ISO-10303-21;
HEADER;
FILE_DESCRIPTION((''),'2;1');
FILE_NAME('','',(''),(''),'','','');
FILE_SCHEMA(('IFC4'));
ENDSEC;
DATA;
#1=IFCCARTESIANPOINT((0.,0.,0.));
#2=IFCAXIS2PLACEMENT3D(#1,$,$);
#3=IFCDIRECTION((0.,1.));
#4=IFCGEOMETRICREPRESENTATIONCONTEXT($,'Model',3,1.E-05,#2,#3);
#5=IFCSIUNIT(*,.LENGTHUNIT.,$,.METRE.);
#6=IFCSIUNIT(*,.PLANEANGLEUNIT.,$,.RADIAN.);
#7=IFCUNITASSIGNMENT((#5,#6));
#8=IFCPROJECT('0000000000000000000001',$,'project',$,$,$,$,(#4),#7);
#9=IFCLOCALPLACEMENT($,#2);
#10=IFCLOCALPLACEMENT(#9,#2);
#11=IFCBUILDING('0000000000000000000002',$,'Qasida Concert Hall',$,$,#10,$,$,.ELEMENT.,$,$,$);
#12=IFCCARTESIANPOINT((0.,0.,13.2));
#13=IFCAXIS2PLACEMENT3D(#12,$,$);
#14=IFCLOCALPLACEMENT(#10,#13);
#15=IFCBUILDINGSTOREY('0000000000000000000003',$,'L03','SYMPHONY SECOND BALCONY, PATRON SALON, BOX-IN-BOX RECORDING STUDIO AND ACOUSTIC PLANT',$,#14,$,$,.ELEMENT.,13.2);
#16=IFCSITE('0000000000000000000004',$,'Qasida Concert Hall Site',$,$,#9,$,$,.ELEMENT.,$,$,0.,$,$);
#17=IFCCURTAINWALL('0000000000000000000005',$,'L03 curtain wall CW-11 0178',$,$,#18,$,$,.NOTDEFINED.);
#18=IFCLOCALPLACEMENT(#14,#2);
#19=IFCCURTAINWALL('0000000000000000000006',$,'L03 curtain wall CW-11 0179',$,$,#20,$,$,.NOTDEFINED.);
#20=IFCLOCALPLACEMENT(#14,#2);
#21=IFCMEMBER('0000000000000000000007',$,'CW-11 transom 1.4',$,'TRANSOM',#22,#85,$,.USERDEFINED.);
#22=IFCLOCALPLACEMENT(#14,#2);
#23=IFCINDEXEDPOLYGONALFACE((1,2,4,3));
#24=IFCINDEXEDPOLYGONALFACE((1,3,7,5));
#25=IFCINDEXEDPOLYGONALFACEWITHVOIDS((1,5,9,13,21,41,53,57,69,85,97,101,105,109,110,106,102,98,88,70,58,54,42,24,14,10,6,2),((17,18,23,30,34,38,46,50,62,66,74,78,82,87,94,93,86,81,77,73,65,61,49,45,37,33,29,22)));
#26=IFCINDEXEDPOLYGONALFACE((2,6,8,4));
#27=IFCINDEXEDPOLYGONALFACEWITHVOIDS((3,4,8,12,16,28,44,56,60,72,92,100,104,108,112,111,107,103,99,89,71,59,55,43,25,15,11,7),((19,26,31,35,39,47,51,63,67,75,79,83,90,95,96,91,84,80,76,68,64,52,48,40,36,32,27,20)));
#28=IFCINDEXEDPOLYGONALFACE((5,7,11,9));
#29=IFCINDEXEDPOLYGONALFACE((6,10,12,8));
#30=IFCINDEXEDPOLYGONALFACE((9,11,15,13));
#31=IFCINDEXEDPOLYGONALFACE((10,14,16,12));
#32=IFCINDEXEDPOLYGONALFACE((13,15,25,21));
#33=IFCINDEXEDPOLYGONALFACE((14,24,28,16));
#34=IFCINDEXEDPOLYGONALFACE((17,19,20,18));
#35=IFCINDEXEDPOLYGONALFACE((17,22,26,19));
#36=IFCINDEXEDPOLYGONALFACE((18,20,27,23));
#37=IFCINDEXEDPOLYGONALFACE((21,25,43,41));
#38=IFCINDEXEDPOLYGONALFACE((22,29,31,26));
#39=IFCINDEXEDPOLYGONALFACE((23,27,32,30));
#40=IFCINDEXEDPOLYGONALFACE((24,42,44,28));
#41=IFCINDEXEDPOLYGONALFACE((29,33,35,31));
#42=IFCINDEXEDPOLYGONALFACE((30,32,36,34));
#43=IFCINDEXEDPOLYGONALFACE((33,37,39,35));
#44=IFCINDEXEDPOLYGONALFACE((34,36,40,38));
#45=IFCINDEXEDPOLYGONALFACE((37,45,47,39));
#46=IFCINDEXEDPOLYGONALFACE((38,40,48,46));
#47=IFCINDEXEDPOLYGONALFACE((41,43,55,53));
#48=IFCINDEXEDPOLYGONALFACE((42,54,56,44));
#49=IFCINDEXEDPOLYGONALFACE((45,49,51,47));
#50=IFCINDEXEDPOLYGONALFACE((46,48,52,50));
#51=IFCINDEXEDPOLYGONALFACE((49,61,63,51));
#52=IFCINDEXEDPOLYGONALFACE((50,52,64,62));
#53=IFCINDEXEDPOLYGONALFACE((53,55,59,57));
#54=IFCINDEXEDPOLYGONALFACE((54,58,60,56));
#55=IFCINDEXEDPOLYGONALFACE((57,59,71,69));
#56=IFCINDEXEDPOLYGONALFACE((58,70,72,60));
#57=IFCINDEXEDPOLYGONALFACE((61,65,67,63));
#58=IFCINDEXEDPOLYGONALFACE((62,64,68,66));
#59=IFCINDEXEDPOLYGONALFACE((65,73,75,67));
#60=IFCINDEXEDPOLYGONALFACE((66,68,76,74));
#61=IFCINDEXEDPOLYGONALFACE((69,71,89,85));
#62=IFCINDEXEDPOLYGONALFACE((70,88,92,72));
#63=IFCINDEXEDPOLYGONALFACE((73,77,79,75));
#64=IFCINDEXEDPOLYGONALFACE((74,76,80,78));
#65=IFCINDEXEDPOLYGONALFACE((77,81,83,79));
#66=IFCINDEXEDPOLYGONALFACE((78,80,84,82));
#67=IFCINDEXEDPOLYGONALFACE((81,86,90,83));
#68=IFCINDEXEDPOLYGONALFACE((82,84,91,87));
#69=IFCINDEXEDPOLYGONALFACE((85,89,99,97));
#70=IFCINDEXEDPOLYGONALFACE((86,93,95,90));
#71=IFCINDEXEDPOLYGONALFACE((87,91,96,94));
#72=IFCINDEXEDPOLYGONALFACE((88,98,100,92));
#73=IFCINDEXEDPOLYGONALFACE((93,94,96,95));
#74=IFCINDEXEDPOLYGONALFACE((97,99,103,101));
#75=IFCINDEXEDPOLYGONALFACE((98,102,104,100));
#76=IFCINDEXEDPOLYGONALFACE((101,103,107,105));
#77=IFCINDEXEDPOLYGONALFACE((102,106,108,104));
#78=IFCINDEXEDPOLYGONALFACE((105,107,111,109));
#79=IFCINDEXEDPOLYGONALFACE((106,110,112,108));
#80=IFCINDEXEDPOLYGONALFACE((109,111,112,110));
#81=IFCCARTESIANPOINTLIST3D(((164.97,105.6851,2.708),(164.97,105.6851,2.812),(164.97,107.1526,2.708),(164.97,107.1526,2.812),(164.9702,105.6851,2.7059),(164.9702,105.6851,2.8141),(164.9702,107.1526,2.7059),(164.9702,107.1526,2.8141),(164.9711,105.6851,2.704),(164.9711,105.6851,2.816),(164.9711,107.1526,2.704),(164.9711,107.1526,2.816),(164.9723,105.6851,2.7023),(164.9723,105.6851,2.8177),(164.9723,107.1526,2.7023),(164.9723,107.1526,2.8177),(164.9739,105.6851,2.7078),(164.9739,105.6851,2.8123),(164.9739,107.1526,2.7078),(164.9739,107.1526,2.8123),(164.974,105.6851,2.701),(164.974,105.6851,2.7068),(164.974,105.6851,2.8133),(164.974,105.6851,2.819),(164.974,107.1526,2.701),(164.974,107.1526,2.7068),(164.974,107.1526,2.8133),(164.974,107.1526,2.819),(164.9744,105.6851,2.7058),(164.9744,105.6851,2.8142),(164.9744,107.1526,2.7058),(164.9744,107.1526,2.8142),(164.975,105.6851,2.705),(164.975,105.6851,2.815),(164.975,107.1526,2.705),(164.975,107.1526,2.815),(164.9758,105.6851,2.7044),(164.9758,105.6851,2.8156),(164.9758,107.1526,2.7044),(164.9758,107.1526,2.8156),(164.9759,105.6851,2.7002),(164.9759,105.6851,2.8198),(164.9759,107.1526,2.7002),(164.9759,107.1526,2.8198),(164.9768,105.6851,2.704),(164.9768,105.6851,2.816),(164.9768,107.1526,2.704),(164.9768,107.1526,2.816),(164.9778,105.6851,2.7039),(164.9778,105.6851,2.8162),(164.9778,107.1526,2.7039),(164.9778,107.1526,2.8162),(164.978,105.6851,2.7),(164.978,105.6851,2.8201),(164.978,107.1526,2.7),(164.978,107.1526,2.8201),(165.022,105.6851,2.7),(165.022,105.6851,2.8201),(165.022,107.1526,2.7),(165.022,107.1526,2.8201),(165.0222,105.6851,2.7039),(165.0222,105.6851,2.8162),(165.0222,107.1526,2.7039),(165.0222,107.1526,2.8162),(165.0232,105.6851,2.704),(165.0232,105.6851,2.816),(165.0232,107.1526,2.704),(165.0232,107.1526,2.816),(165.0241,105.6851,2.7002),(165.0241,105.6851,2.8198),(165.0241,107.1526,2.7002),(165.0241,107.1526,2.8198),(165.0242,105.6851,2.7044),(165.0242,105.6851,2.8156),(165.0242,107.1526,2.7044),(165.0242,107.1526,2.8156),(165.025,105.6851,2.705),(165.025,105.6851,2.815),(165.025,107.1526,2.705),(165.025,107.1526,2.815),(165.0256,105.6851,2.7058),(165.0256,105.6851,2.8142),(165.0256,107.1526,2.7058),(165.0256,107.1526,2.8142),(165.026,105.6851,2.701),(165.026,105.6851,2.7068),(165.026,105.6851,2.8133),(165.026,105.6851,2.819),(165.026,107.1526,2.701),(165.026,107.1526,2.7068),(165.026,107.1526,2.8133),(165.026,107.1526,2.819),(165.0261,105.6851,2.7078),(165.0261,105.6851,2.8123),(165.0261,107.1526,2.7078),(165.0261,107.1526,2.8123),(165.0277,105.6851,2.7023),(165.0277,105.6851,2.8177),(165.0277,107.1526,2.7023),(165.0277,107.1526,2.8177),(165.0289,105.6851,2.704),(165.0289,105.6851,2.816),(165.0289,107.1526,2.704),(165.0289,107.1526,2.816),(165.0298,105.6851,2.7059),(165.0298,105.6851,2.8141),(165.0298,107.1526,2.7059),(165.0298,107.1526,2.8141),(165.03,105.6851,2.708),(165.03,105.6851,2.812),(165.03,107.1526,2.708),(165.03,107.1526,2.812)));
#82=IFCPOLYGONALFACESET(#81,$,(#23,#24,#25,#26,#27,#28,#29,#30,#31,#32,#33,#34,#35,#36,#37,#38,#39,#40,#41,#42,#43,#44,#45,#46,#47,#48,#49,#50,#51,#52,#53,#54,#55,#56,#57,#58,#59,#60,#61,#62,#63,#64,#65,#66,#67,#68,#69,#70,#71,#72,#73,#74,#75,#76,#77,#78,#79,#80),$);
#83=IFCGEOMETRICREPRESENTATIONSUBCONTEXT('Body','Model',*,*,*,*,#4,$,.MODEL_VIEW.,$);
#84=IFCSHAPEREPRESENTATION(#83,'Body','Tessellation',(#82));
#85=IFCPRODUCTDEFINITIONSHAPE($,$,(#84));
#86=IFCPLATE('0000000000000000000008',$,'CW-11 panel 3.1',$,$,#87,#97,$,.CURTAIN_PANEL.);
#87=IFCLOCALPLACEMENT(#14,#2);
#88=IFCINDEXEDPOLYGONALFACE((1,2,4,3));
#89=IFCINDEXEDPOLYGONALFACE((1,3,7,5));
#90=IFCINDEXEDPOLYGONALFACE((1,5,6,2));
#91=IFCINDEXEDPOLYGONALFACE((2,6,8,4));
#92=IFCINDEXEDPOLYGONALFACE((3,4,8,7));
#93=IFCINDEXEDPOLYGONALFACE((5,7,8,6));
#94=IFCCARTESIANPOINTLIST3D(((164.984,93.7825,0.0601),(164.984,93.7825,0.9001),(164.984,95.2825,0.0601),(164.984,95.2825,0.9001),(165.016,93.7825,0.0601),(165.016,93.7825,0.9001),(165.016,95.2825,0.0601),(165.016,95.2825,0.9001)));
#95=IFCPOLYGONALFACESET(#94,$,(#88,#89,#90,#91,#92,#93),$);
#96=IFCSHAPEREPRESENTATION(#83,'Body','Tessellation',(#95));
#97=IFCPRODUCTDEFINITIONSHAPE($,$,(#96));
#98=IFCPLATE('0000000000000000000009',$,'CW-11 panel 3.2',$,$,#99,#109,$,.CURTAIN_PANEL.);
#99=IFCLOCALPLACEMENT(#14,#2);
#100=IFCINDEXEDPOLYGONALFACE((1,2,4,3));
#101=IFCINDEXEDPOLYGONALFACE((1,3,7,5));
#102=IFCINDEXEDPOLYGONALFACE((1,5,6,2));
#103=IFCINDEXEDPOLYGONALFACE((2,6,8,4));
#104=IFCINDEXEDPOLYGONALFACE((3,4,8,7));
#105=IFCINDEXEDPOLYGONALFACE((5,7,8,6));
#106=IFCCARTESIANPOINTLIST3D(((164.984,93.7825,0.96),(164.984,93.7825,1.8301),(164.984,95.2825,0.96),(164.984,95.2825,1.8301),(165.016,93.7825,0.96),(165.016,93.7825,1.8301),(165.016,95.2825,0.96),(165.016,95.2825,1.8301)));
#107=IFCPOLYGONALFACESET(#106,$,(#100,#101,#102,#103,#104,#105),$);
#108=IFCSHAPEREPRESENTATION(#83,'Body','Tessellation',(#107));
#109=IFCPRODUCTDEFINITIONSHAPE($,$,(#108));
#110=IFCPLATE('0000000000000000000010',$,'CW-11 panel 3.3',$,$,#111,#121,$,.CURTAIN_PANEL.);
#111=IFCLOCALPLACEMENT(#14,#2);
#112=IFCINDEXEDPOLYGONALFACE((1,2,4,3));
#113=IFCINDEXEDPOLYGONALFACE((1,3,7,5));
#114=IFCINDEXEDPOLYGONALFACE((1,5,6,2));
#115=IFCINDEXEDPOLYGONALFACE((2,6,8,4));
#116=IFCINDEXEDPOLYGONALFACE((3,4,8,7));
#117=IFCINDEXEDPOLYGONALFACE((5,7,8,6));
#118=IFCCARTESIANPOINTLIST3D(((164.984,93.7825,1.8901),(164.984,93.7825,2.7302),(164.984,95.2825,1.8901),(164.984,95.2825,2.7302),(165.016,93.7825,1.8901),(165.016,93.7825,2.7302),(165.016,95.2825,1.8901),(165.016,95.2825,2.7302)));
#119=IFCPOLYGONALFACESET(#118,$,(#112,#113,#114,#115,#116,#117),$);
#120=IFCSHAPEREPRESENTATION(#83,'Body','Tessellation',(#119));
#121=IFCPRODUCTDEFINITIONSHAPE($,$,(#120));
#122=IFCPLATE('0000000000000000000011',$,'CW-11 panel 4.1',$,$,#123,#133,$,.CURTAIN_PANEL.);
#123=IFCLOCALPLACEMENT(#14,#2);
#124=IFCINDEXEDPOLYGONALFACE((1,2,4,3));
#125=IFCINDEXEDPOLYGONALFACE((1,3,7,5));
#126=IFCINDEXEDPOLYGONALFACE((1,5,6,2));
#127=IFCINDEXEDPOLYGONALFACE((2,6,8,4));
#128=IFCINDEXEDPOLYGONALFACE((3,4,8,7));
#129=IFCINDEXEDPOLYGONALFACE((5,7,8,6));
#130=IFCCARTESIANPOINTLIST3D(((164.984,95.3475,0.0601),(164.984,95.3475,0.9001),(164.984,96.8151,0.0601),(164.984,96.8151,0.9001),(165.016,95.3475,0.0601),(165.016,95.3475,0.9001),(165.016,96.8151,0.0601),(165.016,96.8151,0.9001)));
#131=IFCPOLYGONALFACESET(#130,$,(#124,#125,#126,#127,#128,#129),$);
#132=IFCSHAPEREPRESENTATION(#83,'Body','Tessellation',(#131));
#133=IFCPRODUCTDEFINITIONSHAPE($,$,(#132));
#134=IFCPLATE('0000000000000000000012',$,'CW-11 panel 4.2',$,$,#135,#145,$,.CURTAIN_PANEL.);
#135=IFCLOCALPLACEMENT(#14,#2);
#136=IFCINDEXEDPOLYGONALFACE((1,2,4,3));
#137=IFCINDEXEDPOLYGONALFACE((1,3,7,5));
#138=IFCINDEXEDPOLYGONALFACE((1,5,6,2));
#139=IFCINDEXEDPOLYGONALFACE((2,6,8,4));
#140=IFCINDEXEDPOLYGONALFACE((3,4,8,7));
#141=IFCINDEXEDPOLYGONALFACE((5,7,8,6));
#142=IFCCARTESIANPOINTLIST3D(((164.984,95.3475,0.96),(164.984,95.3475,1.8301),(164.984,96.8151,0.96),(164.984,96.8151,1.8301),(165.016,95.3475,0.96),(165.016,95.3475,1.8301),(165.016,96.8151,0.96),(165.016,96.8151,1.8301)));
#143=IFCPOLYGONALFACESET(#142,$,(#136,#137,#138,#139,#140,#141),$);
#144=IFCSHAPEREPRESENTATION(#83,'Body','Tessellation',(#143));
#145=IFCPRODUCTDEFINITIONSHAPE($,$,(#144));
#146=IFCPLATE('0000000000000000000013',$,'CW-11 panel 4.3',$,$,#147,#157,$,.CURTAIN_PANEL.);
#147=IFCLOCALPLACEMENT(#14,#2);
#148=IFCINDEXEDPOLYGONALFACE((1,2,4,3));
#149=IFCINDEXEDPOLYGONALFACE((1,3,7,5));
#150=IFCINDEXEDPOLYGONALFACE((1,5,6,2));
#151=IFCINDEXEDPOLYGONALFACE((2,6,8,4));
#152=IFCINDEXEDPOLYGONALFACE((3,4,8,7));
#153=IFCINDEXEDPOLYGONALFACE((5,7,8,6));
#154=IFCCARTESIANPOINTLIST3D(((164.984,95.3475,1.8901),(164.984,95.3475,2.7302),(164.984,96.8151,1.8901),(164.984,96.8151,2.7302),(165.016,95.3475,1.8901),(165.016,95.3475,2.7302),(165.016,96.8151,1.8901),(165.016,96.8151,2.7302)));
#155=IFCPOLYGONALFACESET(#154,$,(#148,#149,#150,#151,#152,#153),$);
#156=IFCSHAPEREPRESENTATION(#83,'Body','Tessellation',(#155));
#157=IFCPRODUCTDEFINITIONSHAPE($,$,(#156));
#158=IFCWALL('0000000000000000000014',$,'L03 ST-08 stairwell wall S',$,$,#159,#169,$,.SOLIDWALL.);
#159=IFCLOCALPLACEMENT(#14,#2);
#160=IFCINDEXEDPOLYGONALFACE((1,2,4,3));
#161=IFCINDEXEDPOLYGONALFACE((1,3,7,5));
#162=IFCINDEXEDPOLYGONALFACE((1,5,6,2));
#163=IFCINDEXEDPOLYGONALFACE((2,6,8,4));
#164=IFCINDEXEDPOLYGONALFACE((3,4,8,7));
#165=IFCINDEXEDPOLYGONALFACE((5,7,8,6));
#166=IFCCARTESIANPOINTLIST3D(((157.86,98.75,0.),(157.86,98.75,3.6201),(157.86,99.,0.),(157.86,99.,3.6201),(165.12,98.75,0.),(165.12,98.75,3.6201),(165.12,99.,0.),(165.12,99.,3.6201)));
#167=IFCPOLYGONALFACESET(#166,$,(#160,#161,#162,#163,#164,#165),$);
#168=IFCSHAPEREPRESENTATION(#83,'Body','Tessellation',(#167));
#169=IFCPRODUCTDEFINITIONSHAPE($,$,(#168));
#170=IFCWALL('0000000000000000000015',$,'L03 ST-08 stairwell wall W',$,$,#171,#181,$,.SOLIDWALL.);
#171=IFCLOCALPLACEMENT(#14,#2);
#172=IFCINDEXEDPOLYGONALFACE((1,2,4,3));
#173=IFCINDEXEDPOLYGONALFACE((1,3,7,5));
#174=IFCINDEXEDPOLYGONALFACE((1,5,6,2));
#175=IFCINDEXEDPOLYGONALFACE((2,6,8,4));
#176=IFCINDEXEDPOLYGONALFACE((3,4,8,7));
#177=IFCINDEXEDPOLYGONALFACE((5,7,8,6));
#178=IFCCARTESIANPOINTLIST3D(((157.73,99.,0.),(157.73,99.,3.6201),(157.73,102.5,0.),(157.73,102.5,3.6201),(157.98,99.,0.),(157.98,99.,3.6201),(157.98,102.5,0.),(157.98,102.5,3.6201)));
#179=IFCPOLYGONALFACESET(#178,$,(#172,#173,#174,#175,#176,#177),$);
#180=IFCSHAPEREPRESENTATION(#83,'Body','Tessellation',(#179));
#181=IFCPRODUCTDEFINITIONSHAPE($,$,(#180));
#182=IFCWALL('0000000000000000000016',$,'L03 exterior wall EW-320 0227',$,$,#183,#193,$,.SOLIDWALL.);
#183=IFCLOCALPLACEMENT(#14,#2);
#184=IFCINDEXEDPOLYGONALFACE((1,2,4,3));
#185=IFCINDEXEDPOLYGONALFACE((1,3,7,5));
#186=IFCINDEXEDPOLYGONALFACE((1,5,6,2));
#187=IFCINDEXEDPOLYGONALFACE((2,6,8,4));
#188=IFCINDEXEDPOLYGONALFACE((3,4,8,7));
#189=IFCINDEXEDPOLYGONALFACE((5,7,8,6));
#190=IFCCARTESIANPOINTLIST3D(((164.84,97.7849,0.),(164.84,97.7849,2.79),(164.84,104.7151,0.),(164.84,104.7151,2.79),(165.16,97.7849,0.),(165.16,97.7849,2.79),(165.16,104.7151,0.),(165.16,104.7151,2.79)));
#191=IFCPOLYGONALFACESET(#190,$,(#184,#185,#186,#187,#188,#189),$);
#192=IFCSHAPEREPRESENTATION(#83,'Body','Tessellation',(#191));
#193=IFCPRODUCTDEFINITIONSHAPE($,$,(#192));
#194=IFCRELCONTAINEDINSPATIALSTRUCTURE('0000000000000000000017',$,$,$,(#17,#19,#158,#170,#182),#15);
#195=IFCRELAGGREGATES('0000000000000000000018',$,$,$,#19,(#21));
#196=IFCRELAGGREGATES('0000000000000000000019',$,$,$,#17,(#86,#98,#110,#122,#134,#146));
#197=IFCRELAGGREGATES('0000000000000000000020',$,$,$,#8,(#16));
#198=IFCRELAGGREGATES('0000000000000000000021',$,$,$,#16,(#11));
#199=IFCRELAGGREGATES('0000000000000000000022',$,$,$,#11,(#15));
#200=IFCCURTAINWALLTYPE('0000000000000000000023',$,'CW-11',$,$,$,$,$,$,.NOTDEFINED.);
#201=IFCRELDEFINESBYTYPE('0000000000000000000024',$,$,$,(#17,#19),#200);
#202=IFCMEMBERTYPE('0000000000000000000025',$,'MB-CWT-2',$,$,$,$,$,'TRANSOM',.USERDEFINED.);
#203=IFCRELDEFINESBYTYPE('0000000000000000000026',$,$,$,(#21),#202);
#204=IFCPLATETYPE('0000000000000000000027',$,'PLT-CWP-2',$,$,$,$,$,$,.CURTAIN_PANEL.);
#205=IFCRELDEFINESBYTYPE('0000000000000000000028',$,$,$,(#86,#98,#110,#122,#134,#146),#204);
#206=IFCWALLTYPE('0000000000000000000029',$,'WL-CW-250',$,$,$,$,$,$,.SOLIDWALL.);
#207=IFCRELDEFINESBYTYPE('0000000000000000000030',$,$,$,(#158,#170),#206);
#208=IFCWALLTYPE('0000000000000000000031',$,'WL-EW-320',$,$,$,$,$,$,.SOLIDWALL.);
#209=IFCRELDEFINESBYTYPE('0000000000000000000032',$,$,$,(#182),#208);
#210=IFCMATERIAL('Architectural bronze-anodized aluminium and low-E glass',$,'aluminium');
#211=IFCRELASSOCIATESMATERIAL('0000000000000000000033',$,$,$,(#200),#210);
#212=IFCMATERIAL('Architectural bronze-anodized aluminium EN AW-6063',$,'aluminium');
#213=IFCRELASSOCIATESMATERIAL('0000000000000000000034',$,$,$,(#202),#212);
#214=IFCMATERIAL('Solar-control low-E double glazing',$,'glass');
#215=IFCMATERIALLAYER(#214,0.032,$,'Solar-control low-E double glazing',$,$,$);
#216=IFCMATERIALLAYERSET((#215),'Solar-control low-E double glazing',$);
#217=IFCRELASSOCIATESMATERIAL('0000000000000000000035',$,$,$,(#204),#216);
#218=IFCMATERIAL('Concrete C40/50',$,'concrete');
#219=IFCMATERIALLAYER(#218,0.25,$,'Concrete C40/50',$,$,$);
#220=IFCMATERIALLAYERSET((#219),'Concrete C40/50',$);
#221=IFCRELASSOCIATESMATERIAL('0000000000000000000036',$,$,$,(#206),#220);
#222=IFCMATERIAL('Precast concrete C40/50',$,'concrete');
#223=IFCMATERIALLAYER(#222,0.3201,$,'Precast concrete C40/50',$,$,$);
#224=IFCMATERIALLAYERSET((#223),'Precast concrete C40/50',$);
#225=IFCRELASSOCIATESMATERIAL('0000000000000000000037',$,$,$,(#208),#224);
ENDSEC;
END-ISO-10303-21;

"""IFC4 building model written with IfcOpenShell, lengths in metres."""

from ifc_helpers import new_model, si_unit, direction, frame, frame_2d, origin, origin_2d, place, context, subcontext, project, spatial, rectangle, hollow_rectangle, extrude, material, layer, layer_set, material_profile, profile_set, type_object, element, aggregate, save


model = new_model("IFC4")

# Units and contexts
model_context = context("Model", 3, precision=1e-05, world=origin(), true_north=direction((0.0, 1.0)))
body_context = subcontext(model_context, "Body", "Model", "MODEL_VIEW")
ifc_project = project(units=[si_unit("LENGTHUNIT", "METRE"), si_unit("PLANEANGLEUNIT", "RADIAN")], contexts=[model_context])

# Site, building, storey
site_placement = place(None, origin())
site = spatial("IfcSite", under=ifc_project, at=site_placement, Name="Qasida Concert Hall Site", CompositionType="ELEMENT", RefElevation=0.0)
building_placement = place(site_placement, origin())
building = spatial("IfcBuilding", under=site, at=building_placement, Name="Qasida Concert Hall", CompositionType="ELEMENT")
storey_placement = place(building_placement, frame((0.0, 0.0, 13.2)))
storey = spatial("IfcBuildingStorey", under=building, at=storey_placement, Name="L03", Description="SYMPHONY SECOND BALCONY, PATRON SALON, BOX-IN-BOX RECORDING STUDIO AND ACOUSTIC PLANT", CompositionType="ELEMENT", Elevation=13.2)

# Shared definitions
ifc_material_1 = material(Name="Concrete C40/50", Category="concrete")

# Curtain wall
ifc_material_2 = material(Name="Architectural bronze-anodized aluminium and low-E glass", Category="aluminium")
curtain_wall_type = type_object("IfcCurtainWallType", Name="CW-11", PredefinedType="NOTDEFINED", material=ifc_material_2)
curtain_wall_1_placement = place(storey_placement, origin())
curtain_wall_1 = element("IfcCurtainWall", 1, at=curtain_wall_1_placement, inside=storey, type_object=curtain_wall_type, Name="L03 curtain wall CW-11 0178", PredefinedType="NOTDEFINED")
ifc_material_3 = material(Name="Architectural bronze-anodized aluminium EN AW-6063", Category="aluminium")

# Curtain wall
curtain_wall_2_placement = place(storey_placement, origin())
curtain_wall_2 = element("IfcCurtainWall", 2, at=curtain_wall_2_placement, inside=storey, type_object=curtain_wall_type, Name="L03 curtain wall CW-11 0179", PredefinedType="NOTDEFINED")

# Member
ifc_material_profile_1 = material_profile(ifc_material_3, hollow_rectangle(XDim=0.0601, YDim=0.1201, WallThickness=0.0039, InnerFilletRadius=0.0039, OuterFilletRadius=0.0081, at=origin_2d()), Name="CWT 120x60x4")
ifc_profile_set_1 = profile_set([ifc_material_profile_1], Name="Architectural bronze-anodized aluminium EN AW-6063")
member_type_1 = type_object("IfcMemberType", Name="MB-CWT-2", ElementType="TRANSOM", PredefinedType="USERDEFINED", material=ifc_profile_set_1)
member_1_placement = place(storey_placement, frame((165.0, 105.6851, 2.76), z_axis=(0.0, 1.0, 0.0), x_axis=(-1.0, 0.0, 0.0)))
member_1 = element("IfcMember", 3, at=member_1_placement, type_object=member_type_1, Name="CW-11 transom 1.4", ObjectType="TRANSOM", PredefinedType="USERDEFINED", context=body_context, shape_type="SweptSolid", body=[
    extrude(hollow_rectangle(XDim=0.0601, YDim=0.1201, WallThickness=0.0039, InnerFilletRadius=0.0039, OuterFilletRadius=0.0081, at=origin_2d()), origin(), (0.0, 0.0, 1.0), 1.4675),
])
aggregate(curtain_wall_2, [member_1])

# Plates
ifc_material_4 = material(Name="Solar-control low-E double glazing", Category="glass")
ifc_layer_1 = layer(ifc_material_4, 0.032, Name="Solar-control low-E double glazing")
ifc_layer_set_1 = layer_set([ifc_layer_1], Name="Solar-control low-E double glazing")
plate_type = type_object("IfcPlateType", Name="PLT-CWP-2", PredefinedType="CURTAIN_PANEL", material=ifc_layer_set_1)
plate_1_placement = place(storey_placement, frame((165.0, 94.5325, 0.0601), z_axis=(0.0, 0.0, 1.0), x_axis=(0.0, 1.0, 0.0)))
plate_1 = element("IfcPlate", 4, at=plate_1_placement, type_object=plate_type, Name="CW-11 panel 3.1", PredefinedType="CURTAIN_PANEL", context=body_context, shape_type="SweptSolid", body=[
    extrude(rectangle(XDim=1.5, YDim=0.032, at=origin_2d()), origin(), (0.0, 0.0, 1.0), 0.8401),
])
plate_2_placement = place(storey_placement, frame((165.0, 94.5325, 0.96), z_axis=(0.0, 0.0, 1.0), x_axis=(0.0, 1.0, 0.0)))
plate_2 = element("IfcPlate", 5, at=plate_2_placement, type_object=plate_type, Name="CW-11 panel 3.2", PredefinedType="CURTAIN_PANEL", context=body_context, shape_type="SweptSolid", body=[
    extrude(rectangle(XDim=1.5, YDim=0.032, at=origin_2d()), origin(), (0.0, 0.0, 1.0), 0.8701),
])
plate_3_placement = place(storey_placement, frame((165.0, 94.5325, 1.8901), z_axis=(0.0, 0.0, 1.0), x_axis=(0.0, 1.0, 0.0)))
plate_3 = element("IfcPlate", 6, at=plate_3_placement, type_object=plate_type, Name="CW-11 panel 3.3", PredefinedType="CURTAIN_PANEL", context=body_context, shape_type="SweptSolid", body=[
    extrude(rectangle(XDim=1.5, YDim=0.032, at=origin_2d()), origin(), (0.0, 0.0, 1.0), 0.8401),
])
plate_4_placement = place(storey_placement, frame((165.0, 96.0813, 0.0601), z_axis=(0.0, 0.0, 1.0), x_axis=(0.0, 1.0, 0.0)))
plate_4 = element("IfcPlate", 7, at=plate_4_placement, type_object=plate_type, Name="CW-11 panel 4.1", PredefinedType="CURTAIN_PANEL", context=body_context, shape_type="SweptSolid", body=[
    extrude(rectangle(XDim=1.4675, YDim=0.032, at=origin_2d()), origin(), (0.0, 0.0, 1.0), 0.8401),
])
plate_5_placement = place(storey_placement, frame((165.0, 96.0813, 0.96), z_axis=(0.0, 0.0, 1.0), x_axis=(0.0, 1.0, 0.0)))
plate_5 = element("IfcPlate", 8, at=plate_5_placement, type_object=plate_type, Name="CW-11 panel 4.2", PredefinedType="CURTAIN_PANEL", context=body_context, shape_type="SweptSolid", body=[
    extrude(rectangle(XDim=1.4675, YDim=0.032, at=origin_2d()), origin(), (0.0, 0.0, 1.0), 0.8701),
])
plate_6_placement = place(storey_placement, frame((165.0, 96.0813, 1.8901), z_axis=(0.0, 0.0, 1.0), x_axis=(0.0, 1.0, 0.0)))
plate_6 = element("IfcPlate", 9, at=plate_6_placement, type_object=plate_type, Name="CW-11 panel 4.3", PredefinedType="CURTAIN_PANEL", context=body_context, shape_type="SweptSolid", body=[
    extrude(rectangle(XDim=1.4675, YDim=0.032, at=origin_2d()), origin(), (0.0, 0.0, 1.0), 0.8401),
])
aggregate(curtain_wall_1, [plate_1, plate_2, plate_3, plate_4, plate_5, plate_6])

# Wall
ifc_layer_2 = layer(ifc_material_1, 0.25, Name="Concrete C40/50")
ifc_layer_set_2 = layer_set([ifc_layer_2], Name="Concrete C40/50")
wall_type_1 = type_object("IfcWallType", Name="WL-CW-250", PredefinedType="SOLIDWALL", material=ifc_layer_set_2)
wall_1_placement = place(storey_placement, frame((157.8601, 98.875, 0.0), z_axis=(0.0, 0.0, 1.0), x_axis=(1.0, 0.0, 0.0)))
element("IfcWall", 10, at=wall_1_placement, inside=storey, type_object=wall_type_1, Name="L03 ST-08 stairwell wall S", PredefinedType="SOLIDWALL", context=body_context, shape_type="SweptSolid", body=[
    extrude(rectangle(XDim=7.26, YDim=0.25, at=frame_2d((3.6299, 0.0))), origin(), (0.0, 0.0, 1.0), 3.6201),
])

# Walls
wall_2_placement = place(storey_placement, frame((157.855, 99.0, 0.0), z_axis=(0.0, 0.0, 1.0), x_axis=(0.0, 1.0, 0.0)))
element("IfcWall", 11, at=wall_2_placement, inside=storey, type_object=wall_type_1, Name="L03 ST-08 stairwell wall W", PredefinedType="SOLIDWALL", context=body_context, shape_type="SweptSolid", body=[
    extrude(rectangle(XDim=3.5, YDim=0.25, at=frame_2d((1.75, 0.0))), origin(), (0.0, 0.0, 1.0), 3.6201),
])
ifc_material_5 = material(Name="Precast concrete C40/50", Category="concrete")
ifc_layer_3 = layer(ifc_material_5, 0.3201, Name="Precast concrete C40/50")
ifc_layer_set_3 = layer_set([ifc_layer_3], Name="Precast concrete C40/50")
wall_type_2 = type_object("IfcWallType", Name="WL-EW-320", PredefinedType="SOLIDWALL", material=ifc_layer_set_3)
wall_3_placement = place(storey_placement, frame((165.0, 97.7849, 0.0), z_axis=(0.0, 0.0, 1.0), x_axis=(0.0, 1.0, 0.0)))
element("IfcWall", 12, at=wall_3_placement, inside=storey, type_object=wall_type_2, Name="L03 exterior wall EW-320 0227", PredefinedType="SOLIDWALL", context=body_context, shape_type="SweptSolid", body=[
    extrude(rectangle(XDim=6.9302, YDim=0.3201, at=frame_2d((3.4651, 0.0))), origin(), (0.0, 0.0, 1.0), 2.79),
])

save(model, "model.ifc")
